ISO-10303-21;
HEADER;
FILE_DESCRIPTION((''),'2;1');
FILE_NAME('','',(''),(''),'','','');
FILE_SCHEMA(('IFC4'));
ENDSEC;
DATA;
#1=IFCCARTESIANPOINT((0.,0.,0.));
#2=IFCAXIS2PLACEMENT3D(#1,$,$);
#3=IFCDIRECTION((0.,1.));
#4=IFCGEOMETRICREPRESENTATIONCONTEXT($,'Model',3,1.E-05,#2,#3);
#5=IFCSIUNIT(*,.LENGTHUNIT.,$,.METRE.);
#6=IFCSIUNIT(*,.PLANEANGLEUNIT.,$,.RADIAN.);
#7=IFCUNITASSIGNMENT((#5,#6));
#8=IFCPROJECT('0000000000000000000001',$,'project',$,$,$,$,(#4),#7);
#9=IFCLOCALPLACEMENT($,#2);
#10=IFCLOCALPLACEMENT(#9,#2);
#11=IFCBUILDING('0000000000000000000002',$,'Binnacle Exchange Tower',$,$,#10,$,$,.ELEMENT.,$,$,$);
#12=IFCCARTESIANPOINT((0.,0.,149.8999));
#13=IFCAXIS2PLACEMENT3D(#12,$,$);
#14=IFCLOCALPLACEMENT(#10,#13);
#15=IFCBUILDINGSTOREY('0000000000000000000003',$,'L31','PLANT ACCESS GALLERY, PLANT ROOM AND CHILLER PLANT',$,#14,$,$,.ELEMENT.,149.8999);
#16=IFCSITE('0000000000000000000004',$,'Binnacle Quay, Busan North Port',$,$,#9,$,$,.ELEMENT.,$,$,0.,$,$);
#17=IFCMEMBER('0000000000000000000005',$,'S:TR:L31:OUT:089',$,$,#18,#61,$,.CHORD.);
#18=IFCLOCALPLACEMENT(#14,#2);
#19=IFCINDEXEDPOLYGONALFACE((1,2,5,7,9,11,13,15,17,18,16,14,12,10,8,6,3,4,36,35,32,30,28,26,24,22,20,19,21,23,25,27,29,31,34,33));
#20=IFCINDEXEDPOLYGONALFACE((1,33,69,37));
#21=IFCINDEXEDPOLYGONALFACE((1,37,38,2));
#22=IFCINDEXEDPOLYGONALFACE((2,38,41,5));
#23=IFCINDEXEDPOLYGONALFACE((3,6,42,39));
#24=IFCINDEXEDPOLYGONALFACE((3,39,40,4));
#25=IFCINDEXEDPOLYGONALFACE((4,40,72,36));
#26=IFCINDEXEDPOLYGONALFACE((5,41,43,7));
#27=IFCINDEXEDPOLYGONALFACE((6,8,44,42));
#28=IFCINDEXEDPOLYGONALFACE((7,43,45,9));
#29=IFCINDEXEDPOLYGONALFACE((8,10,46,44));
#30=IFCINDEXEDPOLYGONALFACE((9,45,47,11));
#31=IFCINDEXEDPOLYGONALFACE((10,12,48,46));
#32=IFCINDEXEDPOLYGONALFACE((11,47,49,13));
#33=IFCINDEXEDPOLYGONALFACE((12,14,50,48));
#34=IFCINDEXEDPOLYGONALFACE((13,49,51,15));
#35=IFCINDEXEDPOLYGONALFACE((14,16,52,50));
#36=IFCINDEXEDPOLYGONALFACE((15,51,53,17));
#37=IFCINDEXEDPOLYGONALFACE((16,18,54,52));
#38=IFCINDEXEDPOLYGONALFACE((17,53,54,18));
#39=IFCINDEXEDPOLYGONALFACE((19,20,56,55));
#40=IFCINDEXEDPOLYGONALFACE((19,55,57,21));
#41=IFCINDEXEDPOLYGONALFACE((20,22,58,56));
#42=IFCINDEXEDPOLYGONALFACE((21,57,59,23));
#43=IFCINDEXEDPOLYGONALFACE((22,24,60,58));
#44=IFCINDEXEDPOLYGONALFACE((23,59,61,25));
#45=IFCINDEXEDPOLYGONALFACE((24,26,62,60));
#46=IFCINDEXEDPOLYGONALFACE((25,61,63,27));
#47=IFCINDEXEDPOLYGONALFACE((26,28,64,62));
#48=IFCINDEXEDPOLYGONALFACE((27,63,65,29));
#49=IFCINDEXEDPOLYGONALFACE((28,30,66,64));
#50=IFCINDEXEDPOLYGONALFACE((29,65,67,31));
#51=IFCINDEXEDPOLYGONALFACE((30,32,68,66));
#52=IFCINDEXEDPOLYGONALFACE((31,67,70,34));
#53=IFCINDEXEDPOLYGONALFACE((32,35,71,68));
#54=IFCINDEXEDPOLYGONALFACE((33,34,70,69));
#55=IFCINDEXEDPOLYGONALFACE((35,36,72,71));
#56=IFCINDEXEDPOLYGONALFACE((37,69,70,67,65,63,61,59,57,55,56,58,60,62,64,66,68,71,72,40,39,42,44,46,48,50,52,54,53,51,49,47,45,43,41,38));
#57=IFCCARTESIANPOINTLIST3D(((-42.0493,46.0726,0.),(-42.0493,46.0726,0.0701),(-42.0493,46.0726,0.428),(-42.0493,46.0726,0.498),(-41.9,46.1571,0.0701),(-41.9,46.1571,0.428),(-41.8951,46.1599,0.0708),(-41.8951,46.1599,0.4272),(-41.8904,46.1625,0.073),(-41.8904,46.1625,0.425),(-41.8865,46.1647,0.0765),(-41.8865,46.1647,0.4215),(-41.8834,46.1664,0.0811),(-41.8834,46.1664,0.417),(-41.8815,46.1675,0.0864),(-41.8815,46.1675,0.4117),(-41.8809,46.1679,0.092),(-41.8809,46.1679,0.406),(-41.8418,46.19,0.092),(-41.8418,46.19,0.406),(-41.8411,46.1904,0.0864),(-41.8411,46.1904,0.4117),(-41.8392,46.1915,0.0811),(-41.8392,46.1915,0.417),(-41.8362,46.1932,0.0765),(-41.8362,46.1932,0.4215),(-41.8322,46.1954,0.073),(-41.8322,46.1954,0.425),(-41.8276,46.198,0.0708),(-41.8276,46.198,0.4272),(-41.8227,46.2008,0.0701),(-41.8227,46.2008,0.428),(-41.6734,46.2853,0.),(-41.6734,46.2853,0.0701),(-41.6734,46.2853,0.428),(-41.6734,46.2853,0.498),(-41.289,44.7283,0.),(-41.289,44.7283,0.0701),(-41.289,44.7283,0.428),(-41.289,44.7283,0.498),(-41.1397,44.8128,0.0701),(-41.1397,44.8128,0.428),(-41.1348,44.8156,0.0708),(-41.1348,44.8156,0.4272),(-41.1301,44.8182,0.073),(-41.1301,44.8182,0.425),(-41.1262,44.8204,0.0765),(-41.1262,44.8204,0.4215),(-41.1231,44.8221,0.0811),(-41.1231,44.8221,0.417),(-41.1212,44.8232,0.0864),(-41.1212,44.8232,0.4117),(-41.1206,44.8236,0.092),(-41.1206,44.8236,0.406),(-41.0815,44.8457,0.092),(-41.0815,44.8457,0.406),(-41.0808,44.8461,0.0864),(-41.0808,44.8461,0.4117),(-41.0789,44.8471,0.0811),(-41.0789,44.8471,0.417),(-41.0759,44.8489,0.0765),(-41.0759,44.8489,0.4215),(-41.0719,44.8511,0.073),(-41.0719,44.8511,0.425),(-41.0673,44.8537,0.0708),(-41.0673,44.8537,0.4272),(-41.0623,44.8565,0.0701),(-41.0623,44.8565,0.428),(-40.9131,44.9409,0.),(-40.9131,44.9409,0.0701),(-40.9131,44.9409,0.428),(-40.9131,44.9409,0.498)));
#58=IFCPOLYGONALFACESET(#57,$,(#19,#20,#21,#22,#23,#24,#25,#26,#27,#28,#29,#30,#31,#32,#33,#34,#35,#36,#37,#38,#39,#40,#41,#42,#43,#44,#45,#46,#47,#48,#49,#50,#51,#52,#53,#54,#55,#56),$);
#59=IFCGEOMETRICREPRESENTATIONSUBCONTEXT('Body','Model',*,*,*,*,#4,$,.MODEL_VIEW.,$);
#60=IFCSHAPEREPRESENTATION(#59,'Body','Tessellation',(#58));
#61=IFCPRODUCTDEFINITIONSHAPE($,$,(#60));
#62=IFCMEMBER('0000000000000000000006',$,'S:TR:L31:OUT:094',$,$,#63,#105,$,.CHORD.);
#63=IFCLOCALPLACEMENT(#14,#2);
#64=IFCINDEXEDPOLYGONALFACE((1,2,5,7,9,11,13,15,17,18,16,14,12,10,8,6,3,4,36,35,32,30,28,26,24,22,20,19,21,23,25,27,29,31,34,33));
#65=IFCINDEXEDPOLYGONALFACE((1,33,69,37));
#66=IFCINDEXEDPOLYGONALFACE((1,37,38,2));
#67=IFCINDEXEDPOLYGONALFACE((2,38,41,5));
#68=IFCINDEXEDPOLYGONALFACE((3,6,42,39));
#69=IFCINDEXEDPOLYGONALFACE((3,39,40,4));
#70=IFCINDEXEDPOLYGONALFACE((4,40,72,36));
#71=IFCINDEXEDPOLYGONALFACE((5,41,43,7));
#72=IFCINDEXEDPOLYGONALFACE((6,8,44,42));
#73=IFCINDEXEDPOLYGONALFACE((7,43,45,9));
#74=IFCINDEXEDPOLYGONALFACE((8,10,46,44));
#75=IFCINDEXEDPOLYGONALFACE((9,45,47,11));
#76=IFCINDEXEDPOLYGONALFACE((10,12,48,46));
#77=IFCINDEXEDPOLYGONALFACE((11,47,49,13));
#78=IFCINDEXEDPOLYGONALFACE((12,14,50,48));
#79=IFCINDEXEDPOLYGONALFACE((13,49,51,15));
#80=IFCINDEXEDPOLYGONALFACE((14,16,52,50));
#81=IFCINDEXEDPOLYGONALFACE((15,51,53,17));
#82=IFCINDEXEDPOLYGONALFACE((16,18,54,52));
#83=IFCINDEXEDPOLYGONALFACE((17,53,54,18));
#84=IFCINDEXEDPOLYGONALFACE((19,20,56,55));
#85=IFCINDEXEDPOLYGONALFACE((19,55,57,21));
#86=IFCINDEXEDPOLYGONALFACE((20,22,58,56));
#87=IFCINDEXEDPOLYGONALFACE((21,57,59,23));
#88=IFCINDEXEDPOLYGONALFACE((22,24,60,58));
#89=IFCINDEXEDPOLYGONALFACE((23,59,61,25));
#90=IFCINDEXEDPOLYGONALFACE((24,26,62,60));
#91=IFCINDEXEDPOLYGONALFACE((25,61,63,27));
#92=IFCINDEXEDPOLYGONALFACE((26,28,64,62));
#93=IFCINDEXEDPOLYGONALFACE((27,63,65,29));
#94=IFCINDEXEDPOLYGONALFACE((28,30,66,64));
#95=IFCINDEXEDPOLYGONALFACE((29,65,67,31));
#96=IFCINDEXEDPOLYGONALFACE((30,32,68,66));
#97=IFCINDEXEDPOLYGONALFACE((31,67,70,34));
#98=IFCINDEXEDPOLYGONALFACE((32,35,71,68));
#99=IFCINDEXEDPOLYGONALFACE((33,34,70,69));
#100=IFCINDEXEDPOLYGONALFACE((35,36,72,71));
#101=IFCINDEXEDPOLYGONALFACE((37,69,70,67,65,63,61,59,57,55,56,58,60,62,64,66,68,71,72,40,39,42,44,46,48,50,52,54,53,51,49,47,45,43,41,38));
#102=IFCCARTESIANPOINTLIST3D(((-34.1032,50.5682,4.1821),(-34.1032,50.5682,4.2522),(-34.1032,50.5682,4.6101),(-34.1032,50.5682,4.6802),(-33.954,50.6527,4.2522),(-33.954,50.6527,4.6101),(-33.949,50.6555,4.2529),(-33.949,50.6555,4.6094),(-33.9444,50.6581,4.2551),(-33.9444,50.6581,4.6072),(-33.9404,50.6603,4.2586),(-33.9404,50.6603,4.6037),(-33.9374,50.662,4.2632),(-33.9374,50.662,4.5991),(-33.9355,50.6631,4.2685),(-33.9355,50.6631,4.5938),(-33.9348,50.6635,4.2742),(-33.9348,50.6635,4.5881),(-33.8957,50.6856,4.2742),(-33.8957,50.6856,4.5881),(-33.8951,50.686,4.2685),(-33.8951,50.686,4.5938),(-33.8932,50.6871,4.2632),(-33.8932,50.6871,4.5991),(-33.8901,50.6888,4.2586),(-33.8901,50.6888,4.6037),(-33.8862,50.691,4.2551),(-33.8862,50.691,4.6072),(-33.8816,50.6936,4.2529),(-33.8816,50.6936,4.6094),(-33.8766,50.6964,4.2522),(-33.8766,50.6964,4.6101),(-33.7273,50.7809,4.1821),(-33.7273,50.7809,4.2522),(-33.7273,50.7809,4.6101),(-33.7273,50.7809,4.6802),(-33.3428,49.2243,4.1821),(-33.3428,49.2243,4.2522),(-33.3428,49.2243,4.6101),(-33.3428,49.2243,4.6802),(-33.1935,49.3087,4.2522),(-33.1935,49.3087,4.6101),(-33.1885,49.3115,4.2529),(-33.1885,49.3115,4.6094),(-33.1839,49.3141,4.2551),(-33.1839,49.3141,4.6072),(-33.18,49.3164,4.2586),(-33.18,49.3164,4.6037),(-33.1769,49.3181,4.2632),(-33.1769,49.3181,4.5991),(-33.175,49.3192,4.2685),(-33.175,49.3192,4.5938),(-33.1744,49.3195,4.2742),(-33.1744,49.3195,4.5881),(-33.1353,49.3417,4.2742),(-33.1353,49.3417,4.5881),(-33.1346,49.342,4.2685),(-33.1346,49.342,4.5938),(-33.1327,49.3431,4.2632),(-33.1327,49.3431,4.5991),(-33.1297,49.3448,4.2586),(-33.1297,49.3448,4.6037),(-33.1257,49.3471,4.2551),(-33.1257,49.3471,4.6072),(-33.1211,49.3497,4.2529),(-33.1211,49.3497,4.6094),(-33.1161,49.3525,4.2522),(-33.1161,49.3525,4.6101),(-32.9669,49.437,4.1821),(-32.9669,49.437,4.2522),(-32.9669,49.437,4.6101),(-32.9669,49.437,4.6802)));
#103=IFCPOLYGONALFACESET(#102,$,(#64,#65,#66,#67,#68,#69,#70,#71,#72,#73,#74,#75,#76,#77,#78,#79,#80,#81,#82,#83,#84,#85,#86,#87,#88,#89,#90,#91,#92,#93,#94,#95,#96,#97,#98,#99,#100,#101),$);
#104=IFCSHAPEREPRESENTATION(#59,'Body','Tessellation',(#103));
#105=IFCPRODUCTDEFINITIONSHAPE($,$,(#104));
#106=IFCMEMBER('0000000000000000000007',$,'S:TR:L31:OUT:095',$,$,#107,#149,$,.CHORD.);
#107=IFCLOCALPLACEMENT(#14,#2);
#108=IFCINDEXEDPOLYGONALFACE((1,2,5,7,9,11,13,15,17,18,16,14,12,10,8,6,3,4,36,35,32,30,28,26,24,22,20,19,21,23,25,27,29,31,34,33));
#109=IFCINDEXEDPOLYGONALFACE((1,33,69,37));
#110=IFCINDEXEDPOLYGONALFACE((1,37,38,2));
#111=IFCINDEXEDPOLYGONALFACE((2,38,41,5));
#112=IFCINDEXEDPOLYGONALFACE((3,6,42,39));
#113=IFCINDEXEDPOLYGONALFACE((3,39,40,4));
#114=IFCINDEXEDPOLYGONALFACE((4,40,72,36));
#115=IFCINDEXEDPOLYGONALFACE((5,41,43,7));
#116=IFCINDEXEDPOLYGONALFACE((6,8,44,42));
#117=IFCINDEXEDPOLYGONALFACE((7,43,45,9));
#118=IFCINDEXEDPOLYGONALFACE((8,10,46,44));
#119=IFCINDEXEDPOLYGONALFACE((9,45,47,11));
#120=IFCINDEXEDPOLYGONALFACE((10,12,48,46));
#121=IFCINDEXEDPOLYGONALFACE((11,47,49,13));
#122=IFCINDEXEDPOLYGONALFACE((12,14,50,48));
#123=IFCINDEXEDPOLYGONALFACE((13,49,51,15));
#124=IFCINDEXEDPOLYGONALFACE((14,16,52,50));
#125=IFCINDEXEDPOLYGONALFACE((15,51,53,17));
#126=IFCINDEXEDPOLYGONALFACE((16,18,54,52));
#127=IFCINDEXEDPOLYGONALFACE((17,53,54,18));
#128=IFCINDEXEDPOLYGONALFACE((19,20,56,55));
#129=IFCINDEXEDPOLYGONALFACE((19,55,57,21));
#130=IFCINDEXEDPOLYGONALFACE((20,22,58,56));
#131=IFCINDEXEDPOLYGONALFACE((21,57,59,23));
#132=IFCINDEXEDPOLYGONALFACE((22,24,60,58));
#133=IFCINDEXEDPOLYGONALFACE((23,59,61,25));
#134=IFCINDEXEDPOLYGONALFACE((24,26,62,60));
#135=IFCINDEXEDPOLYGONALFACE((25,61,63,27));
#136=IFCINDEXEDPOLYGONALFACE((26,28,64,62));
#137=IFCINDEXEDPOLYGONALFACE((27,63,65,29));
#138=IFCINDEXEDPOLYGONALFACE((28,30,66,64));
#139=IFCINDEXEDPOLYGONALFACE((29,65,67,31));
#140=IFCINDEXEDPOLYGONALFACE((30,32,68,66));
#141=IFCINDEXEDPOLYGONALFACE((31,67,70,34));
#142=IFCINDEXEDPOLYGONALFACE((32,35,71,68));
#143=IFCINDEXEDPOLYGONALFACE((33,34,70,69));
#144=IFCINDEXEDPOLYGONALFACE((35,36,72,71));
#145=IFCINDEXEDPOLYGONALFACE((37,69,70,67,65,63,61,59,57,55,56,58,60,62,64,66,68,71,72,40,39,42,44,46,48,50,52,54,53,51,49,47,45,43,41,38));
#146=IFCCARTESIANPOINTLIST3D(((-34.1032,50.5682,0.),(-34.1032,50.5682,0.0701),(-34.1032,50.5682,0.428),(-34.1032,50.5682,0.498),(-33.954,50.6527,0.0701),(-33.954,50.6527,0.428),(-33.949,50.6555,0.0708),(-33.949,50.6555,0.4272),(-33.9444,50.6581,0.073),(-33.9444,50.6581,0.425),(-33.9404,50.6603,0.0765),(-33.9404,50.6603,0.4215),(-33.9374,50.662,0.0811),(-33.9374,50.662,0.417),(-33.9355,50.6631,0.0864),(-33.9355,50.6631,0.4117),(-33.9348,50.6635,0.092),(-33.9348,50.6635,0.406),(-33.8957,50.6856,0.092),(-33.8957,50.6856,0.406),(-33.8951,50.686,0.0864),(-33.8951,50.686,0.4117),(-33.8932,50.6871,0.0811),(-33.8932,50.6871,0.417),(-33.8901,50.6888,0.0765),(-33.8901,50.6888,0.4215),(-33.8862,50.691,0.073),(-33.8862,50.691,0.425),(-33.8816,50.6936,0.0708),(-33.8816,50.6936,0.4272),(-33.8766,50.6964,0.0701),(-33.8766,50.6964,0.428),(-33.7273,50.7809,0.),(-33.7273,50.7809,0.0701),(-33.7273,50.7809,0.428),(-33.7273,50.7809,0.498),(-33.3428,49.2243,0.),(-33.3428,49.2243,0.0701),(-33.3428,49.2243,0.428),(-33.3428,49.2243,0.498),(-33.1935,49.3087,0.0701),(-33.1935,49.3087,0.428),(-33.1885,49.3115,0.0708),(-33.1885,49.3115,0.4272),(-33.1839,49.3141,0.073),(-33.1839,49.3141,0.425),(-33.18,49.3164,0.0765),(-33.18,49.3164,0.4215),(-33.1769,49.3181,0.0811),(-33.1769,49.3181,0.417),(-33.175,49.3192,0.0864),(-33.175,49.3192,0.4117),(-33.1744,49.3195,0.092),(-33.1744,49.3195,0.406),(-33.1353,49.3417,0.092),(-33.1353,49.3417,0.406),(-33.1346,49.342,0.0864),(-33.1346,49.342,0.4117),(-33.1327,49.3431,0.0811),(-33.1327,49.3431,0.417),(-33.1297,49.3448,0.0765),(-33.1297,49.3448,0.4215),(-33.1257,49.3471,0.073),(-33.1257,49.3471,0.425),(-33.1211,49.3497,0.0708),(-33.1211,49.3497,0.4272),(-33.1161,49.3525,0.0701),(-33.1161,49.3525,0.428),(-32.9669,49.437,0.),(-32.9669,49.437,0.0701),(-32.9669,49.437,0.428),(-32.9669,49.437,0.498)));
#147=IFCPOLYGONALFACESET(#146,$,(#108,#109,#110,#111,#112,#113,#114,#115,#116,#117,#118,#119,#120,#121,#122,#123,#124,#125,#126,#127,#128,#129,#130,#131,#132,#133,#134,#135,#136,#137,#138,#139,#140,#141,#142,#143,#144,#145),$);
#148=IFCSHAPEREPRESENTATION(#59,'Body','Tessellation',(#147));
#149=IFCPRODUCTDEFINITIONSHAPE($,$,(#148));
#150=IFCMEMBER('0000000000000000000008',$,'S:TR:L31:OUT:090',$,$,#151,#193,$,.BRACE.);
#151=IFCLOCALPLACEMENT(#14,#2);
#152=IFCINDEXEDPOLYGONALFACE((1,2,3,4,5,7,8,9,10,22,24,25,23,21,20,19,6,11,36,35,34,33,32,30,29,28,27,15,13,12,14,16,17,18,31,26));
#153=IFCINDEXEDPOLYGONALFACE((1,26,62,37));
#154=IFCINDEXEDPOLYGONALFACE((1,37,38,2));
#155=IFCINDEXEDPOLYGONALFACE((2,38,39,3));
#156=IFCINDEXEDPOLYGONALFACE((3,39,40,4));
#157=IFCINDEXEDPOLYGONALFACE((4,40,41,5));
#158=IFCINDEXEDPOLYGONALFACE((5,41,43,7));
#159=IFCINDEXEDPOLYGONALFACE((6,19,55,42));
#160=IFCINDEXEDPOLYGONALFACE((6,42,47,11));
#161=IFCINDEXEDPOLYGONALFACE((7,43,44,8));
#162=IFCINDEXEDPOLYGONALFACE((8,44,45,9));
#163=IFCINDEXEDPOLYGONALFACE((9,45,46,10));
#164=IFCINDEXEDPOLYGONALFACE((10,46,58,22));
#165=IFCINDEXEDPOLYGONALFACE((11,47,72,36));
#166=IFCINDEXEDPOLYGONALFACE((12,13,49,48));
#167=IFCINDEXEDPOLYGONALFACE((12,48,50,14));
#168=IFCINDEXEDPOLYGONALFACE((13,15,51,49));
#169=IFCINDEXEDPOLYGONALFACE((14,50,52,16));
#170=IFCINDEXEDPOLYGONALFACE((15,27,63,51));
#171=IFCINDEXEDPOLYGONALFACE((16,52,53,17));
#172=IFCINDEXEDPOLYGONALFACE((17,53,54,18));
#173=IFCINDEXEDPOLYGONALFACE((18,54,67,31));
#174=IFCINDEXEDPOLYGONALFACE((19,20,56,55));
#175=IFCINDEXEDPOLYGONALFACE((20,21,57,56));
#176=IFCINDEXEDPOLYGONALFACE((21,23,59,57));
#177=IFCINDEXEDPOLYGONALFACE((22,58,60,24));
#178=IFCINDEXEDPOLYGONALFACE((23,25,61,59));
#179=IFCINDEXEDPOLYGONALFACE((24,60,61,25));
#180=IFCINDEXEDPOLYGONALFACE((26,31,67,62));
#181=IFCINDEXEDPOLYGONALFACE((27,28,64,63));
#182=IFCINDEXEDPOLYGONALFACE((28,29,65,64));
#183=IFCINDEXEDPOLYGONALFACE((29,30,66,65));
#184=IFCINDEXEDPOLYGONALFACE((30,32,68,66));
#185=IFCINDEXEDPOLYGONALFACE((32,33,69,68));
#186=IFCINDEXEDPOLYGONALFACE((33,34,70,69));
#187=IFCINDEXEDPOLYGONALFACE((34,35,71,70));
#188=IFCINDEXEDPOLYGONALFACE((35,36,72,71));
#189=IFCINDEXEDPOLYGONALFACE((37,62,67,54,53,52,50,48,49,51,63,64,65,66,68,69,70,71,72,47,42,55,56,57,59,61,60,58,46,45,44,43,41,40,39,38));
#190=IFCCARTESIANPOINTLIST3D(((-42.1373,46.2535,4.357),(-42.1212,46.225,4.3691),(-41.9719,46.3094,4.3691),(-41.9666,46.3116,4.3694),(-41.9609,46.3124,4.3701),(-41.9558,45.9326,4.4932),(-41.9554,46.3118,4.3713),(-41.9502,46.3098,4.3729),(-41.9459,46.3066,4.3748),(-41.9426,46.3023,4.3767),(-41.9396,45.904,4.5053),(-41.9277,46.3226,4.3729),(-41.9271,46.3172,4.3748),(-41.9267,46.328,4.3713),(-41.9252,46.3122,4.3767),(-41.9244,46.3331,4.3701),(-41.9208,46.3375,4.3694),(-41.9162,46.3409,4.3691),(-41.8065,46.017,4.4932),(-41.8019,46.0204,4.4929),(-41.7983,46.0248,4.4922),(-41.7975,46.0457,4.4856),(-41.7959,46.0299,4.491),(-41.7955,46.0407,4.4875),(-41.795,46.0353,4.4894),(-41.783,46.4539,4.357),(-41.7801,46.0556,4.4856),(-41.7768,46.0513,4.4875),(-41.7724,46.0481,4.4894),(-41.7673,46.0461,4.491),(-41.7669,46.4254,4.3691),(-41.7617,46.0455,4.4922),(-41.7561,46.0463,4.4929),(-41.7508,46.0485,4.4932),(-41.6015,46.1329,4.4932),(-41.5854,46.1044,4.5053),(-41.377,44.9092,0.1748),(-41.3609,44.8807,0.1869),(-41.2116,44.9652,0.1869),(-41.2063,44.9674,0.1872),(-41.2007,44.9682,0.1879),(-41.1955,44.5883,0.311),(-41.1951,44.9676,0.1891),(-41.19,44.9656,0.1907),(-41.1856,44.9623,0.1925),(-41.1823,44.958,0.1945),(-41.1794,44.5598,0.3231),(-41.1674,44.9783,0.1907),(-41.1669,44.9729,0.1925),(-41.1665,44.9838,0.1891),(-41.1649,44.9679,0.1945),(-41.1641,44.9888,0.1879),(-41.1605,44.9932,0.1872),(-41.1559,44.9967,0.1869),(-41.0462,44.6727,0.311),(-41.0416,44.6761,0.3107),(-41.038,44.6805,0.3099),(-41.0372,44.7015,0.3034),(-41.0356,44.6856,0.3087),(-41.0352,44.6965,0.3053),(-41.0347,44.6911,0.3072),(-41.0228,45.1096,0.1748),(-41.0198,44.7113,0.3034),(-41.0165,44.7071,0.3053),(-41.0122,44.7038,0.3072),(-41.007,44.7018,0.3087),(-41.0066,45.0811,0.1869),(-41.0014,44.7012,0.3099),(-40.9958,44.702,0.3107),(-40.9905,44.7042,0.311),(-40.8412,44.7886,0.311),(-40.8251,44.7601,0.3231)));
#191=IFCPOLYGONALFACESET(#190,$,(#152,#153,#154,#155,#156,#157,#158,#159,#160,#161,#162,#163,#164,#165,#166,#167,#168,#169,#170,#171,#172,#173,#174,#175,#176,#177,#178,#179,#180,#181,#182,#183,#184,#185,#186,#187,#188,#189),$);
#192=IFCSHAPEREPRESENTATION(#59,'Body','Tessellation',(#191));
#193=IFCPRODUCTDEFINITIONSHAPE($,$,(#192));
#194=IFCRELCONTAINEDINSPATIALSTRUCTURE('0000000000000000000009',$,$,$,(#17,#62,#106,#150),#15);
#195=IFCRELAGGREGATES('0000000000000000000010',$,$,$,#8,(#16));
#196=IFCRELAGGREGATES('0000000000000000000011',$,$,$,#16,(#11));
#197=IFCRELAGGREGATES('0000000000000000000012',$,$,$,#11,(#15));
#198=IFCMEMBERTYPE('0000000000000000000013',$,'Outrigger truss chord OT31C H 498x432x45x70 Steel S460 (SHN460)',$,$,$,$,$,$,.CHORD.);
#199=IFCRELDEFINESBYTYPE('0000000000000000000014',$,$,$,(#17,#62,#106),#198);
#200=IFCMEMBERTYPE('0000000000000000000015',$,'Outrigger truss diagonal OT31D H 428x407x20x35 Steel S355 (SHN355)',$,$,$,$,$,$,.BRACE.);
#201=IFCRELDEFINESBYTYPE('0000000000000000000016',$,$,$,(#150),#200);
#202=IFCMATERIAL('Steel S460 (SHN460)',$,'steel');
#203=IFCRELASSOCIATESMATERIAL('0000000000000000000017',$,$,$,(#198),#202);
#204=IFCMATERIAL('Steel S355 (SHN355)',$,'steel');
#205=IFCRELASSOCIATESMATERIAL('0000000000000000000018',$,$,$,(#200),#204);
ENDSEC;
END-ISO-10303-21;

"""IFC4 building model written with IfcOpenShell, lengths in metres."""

from ifc_helpers import new_model, si_unit, direction, frame, origin, origin_2d, place, context, subcontext, project, spatial, i_section, extrude, material, material_profile, profile_set, type_object, element, save


model = new_model("IFC4")

# Units and contexts
model_context = context("Model", 3, precision=1e-05, world=origin(), true_north=direction((0.0, 1.0)))
body_context = subcontext(model_context, "Body", "Model", "MODEL_VIEW")
ifc_project = project(units=[si_unit("LENGTHUNIT", "METRE"), si_unit("PLANEANGLEUNIT", "RADIAN")], contexts=[model_context])

# Site, building, storey
site_placement = place(None, origin())
site = spatial("IfcSite", under=ifc_project, at=site_placement, Name="Binnacle Quay, Busan North Port", CompositionType="ELEMENT", RefElevation=0.0)
building_placement = place(site_placement, origin())
building = spatial("IfcBuilding", under=site, at=building_placement, Name="Binnacle Exchange Tower", CompositionType="ELEMENT")
storey_placement = place(building_placement, frame((0.0, 0.0, 149.8999)))
storey = spatial("IfcBuildingStorey", under=building, at=storey_placement, Name="L31", Description="PLANT ACCESS GALLERY, PLANT ROOM AND CHILLER PLANT", CompositionType="ELEMENT", Elevation=149.8999)

# Shared definitions
ifc_material_1 = material(Name="Steel S460 (SHN460)", Category="steel")
ifc_material_2 = material(Name="Steel S355 (SHN355)", Category="steel")

# Members
ifc_material_profile_1 = material_profile(ifc_material_1, i_section(OverallWidth=0.4319, OverallDepth=0.498, WebThickness=0.0449, FlangeThickness=0.0701, FilletRadius=0.022, at=origin_2d()), Name="H 498x432x45x70")
ifc_profile_set_1 = profile_set([ifc_material_profile_1], Name="Steel S460 (SHN460)")
member_type_1 = type_object("IfcMemberType", Name="Outrigger truss chord OT31C H 498x432x45x70 Steel S460 (SHN460)", PredefinedType="CHORD", material=ifc_profile_set_1)
for number, where, z_axis, x_axis, name in (
    (1, (-41.8613, 46.179, 0.249), (0.492286, -0.870433, 0.0), (0.870433, 0.492286, 0.0), "S:TR:L31:OUT:089"),
):
    element("IfcMember", number, at=place(storey_placement, frame(where, z_axis=z_axis, x_axis=x_axis)), inside=storey, type_object=member_type_1, Name=name, PredefinedType="CHORD", context=body_context, shape_type="SweptSolid", body=[
        extrude(i_section(OverallWidth=0.4319, OverallDepth=0.498, WebThickness=0.0449, FlangeThickness=0.0701, FilletRadius=0.022, at=origin_2d()), origin(), (0.0, 0.0, 1.0), 1.5444),
    ])
for number, where, z_axis, x_axis, name in (
    (2, (-33.9153, 50.6746, 4.4312), (0.492474, -0.870327, 0.0), (0.870327, 0.492474, 0.0), "S:TR:L31:OUT:094"),
    (3, (-33.9153, 50.6746, 0.249), (0.492474, -0.870327, 0.0), (0.870327, 0.492474, 0.0), "S:TR:L31:OUT:095"),
):
    element("IfcMember", number, at=place(storey_placement, frame(where, z_axis=z_axis, x_axis=x_axis)), inside=storey, type_object=member_type_1, Name=name, PredefinedType="CHORD", context=body_context, shape_type="SweptSolid", body=[
        extrude(i_section(OverallWidth=0.4319, OverallDepth=0.498, WebThickness=0.0449, FlangeThickness=0.0701, FilletRadius=0.022, at=origin_2d()), origin(), (0.0, 0.0, 1.0), 1.5442),
    ])
ifc_material_profile_2 = material_profile(ifc_material_2, i_section(OverallWidth=0.407, OverallDepth=0.428, WebThickness=0.02, FlangeThickness=0.0349, FilletRadius=0.022, at=origin_2d()), Name="H 428x407x20x35")
ifc_profile_set_2 = profile_set([ifc_material_profile_2], Name="Steel S355 (SHN355)")
member_type_2 = type_object("IfcMemberType", Name="Outrigger truss diagonal OT31D H 428x407x20x35 Steel S355 (SHN355)", PredefinedType="BRACE", material=ifc_profile_set_2)
member_1_placement = place(storey_placement, frame((-41.8613, 46.179, 4.4312), z_axis=(0.170531, -0.301523, -0.938085), x_axis=(0.870433, 0.492286, 0.0)))
element("IfcMember", 4, at=member_1_placement, inside=storey, type_object=member_type_2, Name="S:TR:L31:OUT:090", PredefinedType="BRACE", context=body_context, shape_type="SweptSolid", body=[
    extrude(i_section(OverallWidth=0.407, OverallDepth=0.428, WebThickness=0.02, FlangeThickness=0.0349, FilletRadius=0.022, at=origin_2d()), origin(), (0.0, 0.0, 1.0), 4.4583),
])

save(model, "model.ifc")
